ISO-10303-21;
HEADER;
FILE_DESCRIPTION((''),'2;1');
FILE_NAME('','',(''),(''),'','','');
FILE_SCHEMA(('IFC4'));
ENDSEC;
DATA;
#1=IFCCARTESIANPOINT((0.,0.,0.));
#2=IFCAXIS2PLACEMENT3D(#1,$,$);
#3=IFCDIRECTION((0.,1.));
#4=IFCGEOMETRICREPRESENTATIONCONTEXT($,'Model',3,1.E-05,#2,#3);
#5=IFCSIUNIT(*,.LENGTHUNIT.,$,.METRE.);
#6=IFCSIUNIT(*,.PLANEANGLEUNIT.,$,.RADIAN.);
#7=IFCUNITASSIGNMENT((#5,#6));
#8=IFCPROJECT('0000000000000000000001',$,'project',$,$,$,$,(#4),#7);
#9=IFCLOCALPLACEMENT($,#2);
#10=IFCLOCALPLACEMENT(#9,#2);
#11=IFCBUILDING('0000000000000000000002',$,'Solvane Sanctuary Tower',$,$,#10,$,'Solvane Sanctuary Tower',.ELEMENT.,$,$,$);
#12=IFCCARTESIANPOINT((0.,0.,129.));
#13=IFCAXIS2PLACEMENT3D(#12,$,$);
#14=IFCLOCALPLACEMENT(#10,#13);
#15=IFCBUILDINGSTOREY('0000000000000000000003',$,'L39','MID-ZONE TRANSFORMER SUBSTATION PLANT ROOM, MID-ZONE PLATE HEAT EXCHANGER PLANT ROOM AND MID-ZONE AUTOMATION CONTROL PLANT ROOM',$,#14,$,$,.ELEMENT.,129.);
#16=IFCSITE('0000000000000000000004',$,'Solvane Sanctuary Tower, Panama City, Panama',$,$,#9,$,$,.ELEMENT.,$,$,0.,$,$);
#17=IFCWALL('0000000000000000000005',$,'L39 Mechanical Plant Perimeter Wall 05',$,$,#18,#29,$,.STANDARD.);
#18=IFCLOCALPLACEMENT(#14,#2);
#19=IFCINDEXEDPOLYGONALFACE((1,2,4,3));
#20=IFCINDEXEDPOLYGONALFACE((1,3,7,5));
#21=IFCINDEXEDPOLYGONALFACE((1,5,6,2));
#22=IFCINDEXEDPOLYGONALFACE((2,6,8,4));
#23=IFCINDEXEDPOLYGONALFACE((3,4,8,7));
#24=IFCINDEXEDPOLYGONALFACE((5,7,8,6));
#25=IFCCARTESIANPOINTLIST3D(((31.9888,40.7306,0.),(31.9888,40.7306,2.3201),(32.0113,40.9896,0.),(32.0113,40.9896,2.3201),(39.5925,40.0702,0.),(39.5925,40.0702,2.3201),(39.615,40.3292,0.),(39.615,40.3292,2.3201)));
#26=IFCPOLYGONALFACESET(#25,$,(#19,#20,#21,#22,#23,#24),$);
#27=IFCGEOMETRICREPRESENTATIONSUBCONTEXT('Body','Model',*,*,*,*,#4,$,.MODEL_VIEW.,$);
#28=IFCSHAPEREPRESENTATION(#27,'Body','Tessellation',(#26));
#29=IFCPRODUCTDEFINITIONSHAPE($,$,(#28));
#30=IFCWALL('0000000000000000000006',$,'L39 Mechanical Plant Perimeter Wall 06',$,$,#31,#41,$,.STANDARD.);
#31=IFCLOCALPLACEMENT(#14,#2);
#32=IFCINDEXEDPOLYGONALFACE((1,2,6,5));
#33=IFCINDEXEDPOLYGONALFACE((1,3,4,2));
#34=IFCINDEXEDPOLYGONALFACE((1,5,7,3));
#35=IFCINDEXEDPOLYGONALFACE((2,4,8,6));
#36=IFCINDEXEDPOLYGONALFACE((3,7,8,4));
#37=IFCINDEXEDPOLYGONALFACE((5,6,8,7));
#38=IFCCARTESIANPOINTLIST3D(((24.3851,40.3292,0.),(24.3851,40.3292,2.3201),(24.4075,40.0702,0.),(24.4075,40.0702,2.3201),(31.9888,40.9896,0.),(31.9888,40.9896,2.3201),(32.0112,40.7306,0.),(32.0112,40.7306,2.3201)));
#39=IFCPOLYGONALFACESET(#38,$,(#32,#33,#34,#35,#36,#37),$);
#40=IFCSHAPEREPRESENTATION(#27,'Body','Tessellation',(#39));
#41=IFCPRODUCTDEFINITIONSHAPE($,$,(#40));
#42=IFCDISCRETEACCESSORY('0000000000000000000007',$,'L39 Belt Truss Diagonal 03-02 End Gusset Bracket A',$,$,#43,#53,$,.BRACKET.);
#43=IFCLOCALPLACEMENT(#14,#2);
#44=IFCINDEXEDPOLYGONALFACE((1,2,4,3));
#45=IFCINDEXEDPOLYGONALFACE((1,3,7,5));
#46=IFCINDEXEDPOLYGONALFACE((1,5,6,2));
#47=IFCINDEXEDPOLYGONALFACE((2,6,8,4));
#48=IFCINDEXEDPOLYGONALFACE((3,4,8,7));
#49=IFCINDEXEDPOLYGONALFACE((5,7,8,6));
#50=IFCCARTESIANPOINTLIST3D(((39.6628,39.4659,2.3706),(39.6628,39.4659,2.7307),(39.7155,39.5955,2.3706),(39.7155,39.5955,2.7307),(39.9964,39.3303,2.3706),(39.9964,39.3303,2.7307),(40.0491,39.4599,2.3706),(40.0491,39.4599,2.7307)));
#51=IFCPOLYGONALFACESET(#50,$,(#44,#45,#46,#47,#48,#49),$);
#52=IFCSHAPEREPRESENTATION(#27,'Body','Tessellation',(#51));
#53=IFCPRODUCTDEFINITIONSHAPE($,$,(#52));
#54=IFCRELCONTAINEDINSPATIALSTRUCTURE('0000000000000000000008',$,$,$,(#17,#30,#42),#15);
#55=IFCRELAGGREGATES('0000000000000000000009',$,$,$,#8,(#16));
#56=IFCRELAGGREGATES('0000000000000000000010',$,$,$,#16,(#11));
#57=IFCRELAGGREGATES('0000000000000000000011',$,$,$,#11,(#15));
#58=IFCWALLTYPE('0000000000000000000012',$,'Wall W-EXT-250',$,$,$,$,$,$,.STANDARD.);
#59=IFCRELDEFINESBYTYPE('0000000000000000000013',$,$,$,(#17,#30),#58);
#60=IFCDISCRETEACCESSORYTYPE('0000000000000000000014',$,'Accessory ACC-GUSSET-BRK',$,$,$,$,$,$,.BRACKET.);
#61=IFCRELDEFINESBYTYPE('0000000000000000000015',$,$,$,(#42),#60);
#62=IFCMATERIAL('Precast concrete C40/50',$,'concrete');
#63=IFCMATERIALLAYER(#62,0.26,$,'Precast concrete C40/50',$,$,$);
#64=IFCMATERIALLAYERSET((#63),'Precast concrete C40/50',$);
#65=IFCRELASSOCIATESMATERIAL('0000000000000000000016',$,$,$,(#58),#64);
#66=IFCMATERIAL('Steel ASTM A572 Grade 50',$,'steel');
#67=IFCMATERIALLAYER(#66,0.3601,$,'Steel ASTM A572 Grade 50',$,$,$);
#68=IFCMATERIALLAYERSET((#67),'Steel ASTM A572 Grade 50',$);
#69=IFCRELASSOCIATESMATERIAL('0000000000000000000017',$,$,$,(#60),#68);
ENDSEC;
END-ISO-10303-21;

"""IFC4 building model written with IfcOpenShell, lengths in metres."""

from ifc_helpers import new_model, si_unit, direction, frame, frame_2d, origin, origin_2d, place, context, subcontext, project, spatial, rectangle, extrude, material, layer, layer_set, type_object, element, save


model = new_model("IFC4")

# Units and contexts
model_context = context("Model", 3, precision=1e-05, world=origin(), true_north=direction((0.0, 1.0)))
body_context = subcontext(model_context, "Body", "Model", "MODEL_VIEW")
ifc_project = project(units=[si_unit("LENGTHUNIT", "METRE"), si_unit("PLANEANGLEUNIT", "RADIAN")], contexts=[model_context])

# Site, building, storey
site_placement = place(None, origin())
site = spatial("IfcSite", under=ifc_project, at=site_placement, Name="Solvane Sanctuary Tower, Panama City, Panama", CompositionType="ELEMENT", RefElevation=0.0)
building_placement = place(site_placement, origin())
building = spatial("IfcBuilding", under=site, at=building_placement, Name="Solvane Sanctuary Tower", LongName="Solvane Sanctuary Tower", CompositionType="ELEMENT")
storey_placement = place(building_placement, frame((0.0, 0.0, 129.0)))
storey = spatial("IfcBuildingStorey", under=building, at=storey_placement, Name="L39", Description="MID-ZONE TRANSFORMER SUBSTATION PLANT ROOM, MID-ZONE PLATE HEAT EXCHANGER PLANT ROOM AND MID-ZONE AUTOMATION CONTROL PLANT ROOM", CompositionType="ELEMENT", Elevation=129.0)

# Walls
ifc_material_1 = material(Name="Precast concrete C40/50", Category="concrete")
ifc_layer_1 = layer(ifc_material_1, 0.26, Name="Precast concrete C40/50")
ifc_layer_set_1 = layer_set([ifc_layer_1], Name="Precast concrete C40/50")
wall_type_1 = type_object("IfcWallType", Name="Wall W-EXT-250", PredefinedType="STANDARD", material=ifc_layer_set_1)
for number, where, z_axis, x_axis, name in (
    (1, (39.6038, 40.1997, 0.0), (0.0, 0.0, 1.0), (-0.99625, 0.086526, 0.0), "L39 Mechanical Plant Perimeter Wall 05"),
    (2, (32.0, 40.8601, 0.0), (0.0, 0.0, 1.0), (-0.99625, -0.086526, 0.0), "L39 Mechanical Plant Perimeter Wall 06"),
):
    element("IfcWall", number, at=place(storey_placement, frame(where, z_axis=z_axis, x_axis=x_axis)), inside=storey, type_object=wall_type_1, Name=name, PredefinedType="STANDARD", context=body_context, shape_type="SweptSolid", body=[
        extrude(rectangle(XDim=7.6323, YDim=0.26, at=frame_2d((3.8162, 0.0))), origin(), (0.0, 0.0, 1.0), 2.3201),
    ])

# Discrete accessory
ifc_material_2 = material(Name="Steel ASTM A572 Grade 50", Category="steel")
ifc_layer_2 = layer(ifc_material_2, 0.3601, Name="Steel ASTM A572 Grade 50")
ifc_layer_set_2 = layer_set([ifc_layer_2], Name="Steel ASTM A572 Grade 50")
discrete_accessory_type = type_object("IfcDiscreteAccessoryType", Name="Accessory ACC-GUSSET-BRK", PredefinedType="BRACKET", material=ifc_layer_set_2)
discrete_accessory_placement = place(storey_placement, frame((39.856, 39.4629, 2.3706), z_axis=(0.0, 0.0, 1.0), x_axis=(0.926463, -0.376386, 0.0)))
element("IfcDiscreteAccessory", 3, at=discrete_accessory_placement, inside=storey, type_object=discrete_accessory_type, Name="L39 Belt Truss Diagonal 03-02 End Gusset Bracket A", PredefinedType="BRACKET", context=body_context, shape_type="SweptSolid", body=[
    extrude(rectangle(XDim=0.3601, YDim=0.1399, at=origin_2d()), origin(), (0.0, 0.0, 1.0), 0.3601),
])

save(model, "model.ifc")
